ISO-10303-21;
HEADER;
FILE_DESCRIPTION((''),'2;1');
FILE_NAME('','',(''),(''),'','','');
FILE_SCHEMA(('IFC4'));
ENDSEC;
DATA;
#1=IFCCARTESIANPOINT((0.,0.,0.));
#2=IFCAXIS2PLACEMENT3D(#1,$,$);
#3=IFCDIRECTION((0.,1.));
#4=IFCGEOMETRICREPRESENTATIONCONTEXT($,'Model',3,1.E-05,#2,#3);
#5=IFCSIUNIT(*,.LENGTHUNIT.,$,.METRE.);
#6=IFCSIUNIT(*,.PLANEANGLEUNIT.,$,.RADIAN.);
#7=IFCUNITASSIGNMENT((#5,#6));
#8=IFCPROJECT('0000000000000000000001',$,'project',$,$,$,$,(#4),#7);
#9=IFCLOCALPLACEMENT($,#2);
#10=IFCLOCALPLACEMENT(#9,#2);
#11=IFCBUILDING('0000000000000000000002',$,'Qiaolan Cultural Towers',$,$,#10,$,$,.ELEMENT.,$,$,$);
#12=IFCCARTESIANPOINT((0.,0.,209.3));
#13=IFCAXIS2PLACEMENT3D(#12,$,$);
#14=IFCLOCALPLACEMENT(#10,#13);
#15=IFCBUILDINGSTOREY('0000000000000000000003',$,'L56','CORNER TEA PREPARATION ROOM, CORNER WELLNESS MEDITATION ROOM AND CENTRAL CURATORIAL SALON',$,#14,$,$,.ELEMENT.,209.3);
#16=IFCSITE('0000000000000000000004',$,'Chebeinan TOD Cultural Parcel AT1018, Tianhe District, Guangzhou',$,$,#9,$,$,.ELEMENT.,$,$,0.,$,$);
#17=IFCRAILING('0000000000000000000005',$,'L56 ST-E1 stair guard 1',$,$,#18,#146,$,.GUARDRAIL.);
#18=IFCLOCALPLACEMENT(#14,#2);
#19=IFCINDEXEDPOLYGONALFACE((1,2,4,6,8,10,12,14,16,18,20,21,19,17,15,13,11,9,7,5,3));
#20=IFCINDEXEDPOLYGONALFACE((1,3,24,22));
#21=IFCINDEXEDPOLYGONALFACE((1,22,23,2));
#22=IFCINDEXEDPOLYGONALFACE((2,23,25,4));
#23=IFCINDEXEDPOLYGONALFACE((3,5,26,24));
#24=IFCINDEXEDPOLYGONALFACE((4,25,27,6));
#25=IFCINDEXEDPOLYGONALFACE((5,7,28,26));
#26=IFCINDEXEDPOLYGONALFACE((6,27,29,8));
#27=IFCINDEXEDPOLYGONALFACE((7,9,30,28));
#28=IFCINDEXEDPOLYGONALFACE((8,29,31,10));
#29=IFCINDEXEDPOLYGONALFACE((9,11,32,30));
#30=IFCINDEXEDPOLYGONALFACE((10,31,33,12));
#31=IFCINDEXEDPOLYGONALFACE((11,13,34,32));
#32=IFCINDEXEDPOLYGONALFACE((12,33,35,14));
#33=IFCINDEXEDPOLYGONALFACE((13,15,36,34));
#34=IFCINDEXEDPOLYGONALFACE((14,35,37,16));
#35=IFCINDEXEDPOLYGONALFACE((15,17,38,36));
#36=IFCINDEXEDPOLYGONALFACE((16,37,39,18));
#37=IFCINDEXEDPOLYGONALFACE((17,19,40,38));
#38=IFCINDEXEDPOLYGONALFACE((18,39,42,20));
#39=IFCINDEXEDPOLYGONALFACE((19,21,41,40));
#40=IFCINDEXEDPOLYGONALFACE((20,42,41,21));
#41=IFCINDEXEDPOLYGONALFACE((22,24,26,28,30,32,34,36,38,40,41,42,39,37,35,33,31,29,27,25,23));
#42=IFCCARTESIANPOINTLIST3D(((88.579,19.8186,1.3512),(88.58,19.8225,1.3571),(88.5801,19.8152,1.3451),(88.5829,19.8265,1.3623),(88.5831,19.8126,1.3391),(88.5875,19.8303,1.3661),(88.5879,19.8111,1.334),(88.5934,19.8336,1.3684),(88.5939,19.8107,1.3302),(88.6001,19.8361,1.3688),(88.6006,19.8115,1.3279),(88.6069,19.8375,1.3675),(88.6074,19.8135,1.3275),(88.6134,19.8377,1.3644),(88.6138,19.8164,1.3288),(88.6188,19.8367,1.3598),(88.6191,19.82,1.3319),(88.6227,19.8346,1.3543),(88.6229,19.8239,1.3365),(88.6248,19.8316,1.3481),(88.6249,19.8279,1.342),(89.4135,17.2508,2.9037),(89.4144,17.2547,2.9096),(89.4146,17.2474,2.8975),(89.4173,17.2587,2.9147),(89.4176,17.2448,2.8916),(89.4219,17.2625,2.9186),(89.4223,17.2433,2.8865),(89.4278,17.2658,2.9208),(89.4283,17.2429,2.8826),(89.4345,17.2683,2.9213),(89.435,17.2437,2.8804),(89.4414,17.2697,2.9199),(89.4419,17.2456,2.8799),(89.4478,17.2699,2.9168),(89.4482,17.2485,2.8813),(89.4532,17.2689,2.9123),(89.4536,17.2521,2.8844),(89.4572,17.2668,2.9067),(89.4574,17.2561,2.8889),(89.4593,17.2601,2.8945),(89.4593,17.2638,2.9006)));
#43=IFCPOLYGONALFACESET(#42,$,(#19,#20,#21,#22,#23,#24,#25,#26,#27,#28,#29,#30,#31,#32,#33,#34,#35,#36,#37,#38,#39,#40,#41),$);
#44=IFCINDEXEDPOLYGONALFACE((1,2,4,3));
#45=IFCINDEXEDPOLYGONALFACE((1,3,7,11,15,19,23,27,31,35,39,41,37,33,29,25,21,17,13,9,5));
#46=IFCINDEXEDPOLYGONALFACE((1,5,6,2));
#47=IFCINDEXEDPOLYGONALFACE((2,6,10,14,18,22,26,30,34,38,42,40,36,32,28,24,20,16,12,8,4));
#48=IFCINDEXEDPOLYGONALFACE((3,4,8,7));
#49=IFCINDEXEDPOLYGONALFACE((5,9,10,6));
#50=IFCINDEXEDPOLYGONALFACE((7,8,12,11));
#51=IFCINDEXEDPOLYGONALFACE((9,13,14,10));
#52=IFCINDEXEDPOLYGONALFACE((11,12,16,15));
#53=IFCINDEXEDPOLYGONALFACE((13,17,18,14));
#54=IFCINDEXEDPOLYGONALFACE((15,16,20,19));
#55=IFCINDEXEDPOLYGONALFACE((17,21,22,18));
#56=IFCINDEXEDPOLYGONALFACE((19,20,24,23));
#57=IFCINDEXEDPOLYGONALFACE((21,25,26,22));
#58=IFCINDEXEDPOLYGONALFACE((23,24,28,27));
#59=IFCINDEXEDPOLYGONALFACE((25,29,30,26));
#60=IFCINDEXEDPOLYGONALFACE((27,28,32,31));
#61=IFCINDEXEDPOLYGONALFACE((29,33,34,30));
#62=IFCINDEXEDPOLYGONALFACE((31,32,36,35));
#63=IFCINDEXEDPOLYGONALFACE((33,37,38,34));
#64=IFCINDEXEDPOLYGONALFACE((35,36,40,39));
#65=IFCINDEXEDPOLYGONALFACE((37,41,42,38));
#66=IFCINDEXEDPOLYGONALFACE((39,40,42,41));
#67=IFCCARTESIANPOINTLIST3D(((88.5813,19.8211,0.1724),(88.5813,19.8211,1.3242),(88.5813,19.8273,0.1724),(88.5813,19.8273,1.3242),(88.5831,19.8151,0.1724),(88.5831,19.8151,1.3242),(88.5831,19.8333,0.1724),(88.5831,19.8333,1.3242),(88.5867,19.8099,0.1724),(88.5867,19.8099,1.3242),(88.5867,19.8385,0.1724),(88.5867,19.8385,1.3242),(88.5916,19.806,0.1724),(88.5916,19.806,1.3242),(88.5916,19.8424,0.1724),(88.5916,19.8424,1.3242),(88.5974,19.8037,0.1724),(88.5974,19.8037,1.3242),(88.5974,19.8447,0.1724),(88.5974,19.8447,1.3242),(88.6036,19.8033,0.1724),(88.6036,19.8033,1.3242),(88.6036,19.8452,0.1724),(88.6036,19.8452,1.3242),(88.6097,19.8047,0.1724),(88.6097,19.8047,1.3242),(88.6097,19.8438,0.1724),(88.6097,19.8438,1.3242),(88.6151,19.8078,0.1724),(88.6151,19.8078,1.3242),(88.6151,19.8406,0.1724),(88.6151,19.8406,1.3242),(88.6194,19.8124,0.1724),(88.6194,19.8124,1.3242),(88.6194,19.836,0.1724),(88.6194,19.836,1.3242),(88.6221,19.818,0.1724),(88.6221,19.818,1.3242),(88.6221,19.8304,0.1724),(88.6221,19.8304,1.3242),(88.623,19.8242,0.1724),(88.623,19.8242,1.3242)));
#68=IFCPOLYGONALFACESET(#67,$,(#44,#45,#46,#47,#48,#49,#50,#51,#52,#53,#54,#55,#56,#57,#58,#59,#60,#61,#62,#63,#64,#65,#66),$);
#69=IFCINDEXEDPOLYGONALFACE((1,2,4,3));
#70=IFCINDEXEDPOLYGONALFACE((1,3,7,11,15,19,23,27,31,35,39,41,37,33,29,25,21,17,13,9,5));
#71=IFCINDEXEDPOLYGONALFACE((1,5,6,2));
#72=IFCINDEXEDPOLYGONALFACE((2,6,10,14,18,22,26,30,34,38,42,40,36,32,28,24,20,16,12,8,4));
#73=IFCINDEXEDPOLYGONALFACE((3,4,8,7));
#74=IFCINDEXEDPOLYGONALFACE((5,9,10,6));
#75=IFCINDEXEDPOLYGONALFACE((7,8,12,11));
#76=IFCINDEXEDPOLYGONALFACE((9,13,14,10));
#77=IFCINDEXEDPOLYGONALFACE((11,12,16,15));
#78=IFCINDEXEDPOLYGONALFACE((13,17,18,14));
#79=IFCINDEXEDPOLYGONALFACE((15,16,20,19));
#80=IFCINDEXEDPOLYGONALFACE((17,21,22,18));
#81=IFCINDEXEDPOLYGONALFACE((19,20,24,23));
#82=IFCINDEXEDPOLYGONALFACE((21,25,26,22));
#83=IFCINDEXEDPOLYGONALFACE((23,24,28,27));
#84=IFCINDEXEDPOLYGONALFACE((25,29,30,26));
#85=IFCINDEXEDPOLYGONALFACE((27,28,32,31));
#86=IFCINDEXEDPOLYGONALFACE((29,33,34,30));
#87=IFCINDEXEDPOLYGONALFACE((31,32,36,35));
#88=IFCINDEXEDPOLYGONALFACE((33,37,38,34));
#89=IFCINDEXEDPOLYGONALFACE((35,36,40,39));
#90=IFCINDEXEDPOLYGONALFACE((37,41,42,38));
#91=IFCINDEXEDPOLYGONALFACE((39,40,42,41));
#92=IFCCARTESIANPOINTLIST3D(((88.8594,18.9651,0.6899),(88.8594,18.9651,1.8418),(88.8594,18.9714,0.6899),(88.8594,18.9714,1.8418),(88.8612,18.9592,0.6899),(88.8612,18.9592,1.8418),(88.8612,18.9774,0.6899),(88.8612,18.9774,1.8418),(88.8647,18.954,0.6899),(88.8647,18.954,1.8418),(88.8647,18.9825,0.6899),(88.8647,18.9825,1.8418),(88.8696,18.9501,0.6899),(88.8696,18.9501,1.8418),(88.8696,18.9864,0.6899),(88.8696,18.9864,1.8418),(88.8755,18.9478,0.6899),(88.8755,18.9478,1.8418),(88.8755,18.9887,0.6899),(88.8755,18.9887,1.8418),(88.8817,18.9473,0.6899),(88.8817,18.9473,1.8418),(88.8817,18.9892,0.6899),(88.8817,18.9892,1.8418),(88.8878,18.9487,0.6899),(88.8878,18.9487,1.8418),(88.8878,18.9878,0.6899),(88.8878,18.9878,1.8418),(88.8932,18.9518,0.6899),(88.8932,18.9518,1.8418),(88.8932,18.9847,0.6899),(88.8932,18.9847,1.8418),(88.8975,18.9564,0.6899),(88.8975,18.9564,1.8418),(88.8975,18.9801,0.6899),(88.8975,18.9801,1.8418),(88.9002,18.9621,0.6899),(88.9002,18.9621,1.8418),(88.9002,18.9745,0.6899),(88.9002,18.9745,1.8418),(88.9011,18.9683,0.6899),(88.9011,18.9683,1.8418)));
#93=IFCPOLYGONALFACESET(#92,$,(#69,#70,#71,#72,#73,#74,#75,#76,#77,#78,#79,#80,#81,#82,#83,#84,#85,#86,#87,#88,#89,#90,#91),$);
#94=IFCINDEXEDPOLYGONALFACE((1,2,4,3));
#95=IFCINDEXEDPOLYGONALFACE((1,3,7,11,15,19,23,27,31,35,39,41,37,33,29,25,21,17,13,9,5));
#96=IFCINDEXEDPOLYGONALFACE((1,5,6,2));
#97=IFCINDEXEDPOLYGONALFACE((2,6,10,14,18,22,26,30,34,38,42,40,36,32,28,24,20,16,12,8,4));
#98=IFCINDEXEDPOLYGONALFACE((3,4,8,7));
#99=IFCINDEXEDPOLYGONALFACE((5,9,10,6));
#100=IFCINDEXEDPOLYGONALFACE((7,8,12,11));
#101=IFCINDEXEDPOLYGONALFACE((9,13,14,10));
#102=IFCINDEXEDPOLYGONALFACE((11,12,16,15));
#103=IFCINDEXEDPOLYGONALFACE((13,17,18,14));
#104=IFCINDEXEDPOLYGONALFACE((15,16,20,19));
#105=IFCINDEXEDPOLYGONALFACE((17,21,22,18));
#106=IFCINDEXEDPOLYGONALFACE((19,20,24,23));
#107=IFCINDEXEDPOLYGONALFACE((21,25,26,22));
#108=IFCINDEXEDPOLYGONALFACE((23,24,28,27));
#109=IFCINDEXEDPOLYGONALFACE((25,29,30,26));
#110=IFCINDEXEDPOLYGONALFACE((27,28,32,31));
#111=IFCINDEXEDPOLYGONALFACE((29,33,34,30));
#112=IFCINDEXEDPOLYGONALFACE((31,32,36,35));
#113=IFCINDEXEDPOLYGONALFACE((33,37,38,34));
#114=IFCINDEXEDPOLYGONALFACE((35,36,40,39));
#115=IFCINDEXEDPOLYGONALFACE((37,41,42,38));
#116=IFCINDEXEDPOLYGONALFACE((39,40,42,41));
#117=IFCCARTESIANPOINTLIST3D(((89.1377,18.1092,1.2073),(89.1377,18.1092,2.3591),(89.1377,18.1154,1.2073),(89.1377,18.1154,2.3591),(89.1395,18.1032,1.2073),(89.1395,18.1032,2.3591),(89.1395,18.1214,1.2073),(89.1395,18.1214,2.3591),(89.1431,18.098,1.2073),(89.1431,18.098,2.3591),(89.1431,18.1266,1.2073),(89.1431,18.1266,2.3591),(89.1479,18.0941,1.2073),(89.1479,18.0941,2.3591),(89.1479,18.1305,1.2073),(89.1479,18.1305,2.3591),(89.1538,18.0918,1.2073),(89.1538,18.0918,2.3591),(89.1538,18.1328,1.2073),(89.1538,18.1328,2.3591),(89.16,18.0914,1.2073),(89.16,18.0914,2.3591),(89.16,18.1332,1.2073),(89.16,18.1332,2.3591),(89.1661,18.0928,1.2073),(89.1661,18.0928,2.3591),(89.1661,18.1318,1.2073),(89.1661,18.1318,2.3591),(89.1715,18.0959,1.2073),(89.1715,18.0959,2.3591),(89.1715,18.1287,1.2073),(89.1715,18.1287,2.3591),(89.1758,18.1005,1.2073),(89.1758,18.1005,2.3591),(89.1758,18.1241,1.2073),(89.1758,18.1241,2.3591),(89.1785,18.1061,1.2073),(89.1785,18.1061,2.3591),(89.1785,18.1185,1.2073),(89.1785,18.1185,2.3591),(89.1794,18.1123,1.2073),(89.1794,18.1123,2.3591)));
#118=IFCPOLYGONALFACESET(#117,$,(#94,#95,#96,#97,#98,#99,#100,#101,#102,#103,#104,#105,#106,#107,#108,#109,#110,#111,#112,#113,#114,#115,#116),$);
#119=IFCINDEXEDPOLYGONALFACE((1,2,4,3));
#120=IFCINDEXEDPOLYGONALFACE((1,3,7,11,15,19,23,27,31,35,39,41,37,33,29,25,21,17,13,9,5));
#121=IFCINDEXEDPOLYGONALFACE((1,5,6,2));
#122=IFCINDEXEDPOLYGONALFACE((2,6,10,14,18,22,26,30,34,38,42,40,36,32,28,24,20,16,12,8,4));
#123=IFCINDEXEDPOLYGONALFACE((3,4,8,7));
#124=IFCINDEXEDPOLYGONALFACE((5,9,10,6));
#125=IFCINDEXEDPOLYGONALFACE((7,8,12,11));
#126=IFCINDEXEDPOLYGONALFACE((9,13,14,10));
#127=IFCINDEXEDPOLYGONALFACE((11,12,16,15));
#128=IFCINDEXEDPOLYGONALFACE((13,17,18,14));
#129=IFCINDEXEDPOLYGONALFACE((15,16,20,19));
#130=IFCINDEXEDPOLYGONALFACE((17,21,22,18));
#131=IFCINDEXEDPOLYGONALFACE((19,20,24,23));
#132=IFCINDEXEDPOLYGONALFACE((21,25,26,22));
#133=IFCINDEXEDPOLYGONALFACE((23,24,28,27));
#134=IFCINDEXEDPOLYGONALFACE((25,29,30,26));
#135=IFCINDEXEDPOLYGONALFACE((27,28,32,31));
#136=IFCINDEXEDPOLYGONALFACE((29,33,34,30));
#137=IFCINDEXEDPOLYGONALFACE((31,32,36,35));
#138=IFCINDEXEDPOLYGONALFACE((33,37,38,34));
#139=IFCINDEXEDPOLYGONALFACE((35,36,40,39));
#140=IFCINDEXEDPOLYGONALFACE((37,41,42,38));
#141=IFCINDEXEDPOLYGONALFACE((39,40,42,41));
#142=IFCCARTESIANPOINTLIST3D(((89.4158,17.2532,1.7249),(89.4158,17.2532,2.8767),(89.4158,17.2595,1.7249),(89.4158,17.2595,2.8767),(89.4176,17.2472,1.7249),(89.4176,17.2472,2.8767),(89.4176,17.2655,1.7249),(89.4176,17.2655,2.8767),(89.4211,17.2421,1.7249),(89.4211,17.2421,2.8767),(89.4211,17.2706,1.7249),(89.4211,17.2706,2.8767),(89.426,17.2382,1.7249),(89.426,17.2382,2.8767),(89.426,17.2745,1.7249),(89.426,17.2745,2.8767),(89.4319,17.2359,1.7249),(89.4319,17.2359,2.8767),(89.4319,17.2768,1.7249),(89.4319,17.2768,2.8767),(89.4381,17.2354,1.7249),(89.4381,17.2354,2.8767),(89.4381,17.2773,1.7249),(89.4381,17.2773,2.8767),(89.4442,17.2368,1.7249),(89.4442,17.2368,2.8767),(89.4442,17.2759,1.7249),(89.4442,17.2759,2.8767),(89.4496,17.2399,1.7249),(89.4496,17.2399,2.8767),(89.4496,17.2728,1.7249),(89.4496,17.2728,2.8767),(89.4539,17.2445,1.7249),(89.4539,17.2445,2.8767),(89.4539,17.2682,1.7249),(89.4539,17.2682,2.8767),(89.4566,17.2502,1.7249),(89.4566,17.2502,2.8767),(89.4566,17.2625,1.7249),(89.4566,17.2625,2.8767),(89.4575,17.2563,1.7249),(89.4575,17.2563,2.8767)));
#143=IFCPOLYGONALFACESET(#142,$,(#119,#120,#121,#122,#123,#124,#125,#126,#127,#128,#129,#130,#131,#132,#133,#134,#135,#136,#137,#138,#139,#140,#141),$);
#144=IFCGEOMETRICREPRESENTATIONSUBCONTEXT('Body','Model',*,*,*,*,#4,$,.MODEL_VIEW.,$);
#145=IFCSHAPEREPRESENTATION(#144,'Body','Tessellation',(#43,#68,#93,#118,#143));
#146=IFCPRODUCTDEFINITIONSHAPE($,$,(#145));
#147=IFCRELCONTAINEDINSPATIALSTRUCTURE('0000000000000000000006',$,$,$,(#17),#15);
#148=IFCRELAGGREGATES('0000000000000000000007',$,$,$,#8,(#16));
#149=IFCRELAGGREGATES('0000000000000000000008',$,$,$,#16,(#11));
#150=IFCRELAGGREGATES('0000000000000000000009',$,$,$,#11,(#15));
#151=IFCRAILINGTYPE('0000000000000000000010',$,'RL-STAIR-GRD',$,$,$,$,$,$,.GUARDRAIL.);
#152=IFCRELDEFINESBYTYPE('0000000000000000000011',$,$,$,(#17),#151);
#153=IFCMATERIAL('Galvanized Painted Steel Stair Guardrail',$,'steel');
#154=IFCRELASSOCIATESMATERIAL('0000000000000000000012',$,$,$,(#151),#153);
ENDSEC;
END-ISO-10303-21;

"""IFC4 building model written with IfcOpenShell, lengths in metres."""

from ifc_helpers import new_model, si_unit, direction, frame, origin, origin_2d, place, context, subcontext, project, spatial, circle, extrude, material, type_object, element, save


model = new_model("IFC4")

# Units and contexts
model_context = context("Model", 3, precision=1e-05, world=origin(), true_north=direction((0.0, 1.0)))
body_context = subcontext(model_context, "Body", "Model", "MODEL_VIEW")
ifc_project = project(units=[si_unit("LENGTHUNIT", "METRE"), si_unit("PLANEANGLEUNIT", "RADIAN")], contexts=[model_context])

# Site, building, storey
site_placement = place(None, origin())
site = spatial("IfcSite", under=ifc_project, at=site_placement, Name="Chebeinan TOD Cultural Parcel AT1018, Tianhe District, Guangzhou", CompositionType="ELEMENT", RefElevation=0.0)
building_placement = place(site_placement, origin())
building = spatial("IfcBuilding", under=site, at=building_placement, Name="Qiaolan Cultural Towers", CompositionType="ELEMENT")
storey_placement = place(building_placement, frame((0.0, 0.0, 209.3)))
storey = spatial("IfcBuildingStorey", under=building, at=storey_placement, Name="L56", Description="CORNER TEA PREPARATION ROOM, CORNER WELLNESS MEDITATION ROOM AND CENTRAL CURATORIAL SALON", CompositionType="ELEMENT", Elevation=209.3)

# Railing
ifc_material_1 = material(Name="Galvanized Painted Steel Stair Guardrail", Category="steel")
railing_type_1 = type_object("IfcRailingType", Name="RL-STAIR-GRD", PredefinedType="GUARDRAIL", material=ifc_material_1)
railing_1_placement = place(storey_placement, frame((88.6021, 19.8242, 0.1724)))
element("IfcRailing", 1, at=railing_1_placement, inside=storey, type_object=railing_type_1, Name="L56 ST-E1 stair guard 1", PredefinedType="GUARDRAIL", context=body_context, shape_type="SweptSolid", body=[
    extrude(circle(Radius=0.0239, at=origin_2d()), frame((0.0, 0.0, 1.1758), z_axis=(0.267926, -0.824471, 0.498461), x_axis=(0.951043, 0.309057, 0.0)), (0.0, 0.0, 1.0), 3.1145),
    extrude(circle(Radius=0.021, at=origin_2d()), origin(), (0.0, 0.0, 1.0), 1.1519),
    extrude(circle(Radius=0.021, at=origin_2d()), frame((0.2781, -0.856, 0.5176)), (0.0, 0.0, 1.0), 1.1519),
    extrude(circle(Radius=0.021, at=origin_2d()), frame((0.5564, -1.7119, 1.0349)), (0.0, 0.0, 1.0), 1.1519),
    extrude(circle(Radius=0.021, at=origin_2d()), frame((0.8345, -2.5679, 1.5525)), (0.0, 0.0, 1.0), 1.1519),
])

save(model, "model.ifc")
